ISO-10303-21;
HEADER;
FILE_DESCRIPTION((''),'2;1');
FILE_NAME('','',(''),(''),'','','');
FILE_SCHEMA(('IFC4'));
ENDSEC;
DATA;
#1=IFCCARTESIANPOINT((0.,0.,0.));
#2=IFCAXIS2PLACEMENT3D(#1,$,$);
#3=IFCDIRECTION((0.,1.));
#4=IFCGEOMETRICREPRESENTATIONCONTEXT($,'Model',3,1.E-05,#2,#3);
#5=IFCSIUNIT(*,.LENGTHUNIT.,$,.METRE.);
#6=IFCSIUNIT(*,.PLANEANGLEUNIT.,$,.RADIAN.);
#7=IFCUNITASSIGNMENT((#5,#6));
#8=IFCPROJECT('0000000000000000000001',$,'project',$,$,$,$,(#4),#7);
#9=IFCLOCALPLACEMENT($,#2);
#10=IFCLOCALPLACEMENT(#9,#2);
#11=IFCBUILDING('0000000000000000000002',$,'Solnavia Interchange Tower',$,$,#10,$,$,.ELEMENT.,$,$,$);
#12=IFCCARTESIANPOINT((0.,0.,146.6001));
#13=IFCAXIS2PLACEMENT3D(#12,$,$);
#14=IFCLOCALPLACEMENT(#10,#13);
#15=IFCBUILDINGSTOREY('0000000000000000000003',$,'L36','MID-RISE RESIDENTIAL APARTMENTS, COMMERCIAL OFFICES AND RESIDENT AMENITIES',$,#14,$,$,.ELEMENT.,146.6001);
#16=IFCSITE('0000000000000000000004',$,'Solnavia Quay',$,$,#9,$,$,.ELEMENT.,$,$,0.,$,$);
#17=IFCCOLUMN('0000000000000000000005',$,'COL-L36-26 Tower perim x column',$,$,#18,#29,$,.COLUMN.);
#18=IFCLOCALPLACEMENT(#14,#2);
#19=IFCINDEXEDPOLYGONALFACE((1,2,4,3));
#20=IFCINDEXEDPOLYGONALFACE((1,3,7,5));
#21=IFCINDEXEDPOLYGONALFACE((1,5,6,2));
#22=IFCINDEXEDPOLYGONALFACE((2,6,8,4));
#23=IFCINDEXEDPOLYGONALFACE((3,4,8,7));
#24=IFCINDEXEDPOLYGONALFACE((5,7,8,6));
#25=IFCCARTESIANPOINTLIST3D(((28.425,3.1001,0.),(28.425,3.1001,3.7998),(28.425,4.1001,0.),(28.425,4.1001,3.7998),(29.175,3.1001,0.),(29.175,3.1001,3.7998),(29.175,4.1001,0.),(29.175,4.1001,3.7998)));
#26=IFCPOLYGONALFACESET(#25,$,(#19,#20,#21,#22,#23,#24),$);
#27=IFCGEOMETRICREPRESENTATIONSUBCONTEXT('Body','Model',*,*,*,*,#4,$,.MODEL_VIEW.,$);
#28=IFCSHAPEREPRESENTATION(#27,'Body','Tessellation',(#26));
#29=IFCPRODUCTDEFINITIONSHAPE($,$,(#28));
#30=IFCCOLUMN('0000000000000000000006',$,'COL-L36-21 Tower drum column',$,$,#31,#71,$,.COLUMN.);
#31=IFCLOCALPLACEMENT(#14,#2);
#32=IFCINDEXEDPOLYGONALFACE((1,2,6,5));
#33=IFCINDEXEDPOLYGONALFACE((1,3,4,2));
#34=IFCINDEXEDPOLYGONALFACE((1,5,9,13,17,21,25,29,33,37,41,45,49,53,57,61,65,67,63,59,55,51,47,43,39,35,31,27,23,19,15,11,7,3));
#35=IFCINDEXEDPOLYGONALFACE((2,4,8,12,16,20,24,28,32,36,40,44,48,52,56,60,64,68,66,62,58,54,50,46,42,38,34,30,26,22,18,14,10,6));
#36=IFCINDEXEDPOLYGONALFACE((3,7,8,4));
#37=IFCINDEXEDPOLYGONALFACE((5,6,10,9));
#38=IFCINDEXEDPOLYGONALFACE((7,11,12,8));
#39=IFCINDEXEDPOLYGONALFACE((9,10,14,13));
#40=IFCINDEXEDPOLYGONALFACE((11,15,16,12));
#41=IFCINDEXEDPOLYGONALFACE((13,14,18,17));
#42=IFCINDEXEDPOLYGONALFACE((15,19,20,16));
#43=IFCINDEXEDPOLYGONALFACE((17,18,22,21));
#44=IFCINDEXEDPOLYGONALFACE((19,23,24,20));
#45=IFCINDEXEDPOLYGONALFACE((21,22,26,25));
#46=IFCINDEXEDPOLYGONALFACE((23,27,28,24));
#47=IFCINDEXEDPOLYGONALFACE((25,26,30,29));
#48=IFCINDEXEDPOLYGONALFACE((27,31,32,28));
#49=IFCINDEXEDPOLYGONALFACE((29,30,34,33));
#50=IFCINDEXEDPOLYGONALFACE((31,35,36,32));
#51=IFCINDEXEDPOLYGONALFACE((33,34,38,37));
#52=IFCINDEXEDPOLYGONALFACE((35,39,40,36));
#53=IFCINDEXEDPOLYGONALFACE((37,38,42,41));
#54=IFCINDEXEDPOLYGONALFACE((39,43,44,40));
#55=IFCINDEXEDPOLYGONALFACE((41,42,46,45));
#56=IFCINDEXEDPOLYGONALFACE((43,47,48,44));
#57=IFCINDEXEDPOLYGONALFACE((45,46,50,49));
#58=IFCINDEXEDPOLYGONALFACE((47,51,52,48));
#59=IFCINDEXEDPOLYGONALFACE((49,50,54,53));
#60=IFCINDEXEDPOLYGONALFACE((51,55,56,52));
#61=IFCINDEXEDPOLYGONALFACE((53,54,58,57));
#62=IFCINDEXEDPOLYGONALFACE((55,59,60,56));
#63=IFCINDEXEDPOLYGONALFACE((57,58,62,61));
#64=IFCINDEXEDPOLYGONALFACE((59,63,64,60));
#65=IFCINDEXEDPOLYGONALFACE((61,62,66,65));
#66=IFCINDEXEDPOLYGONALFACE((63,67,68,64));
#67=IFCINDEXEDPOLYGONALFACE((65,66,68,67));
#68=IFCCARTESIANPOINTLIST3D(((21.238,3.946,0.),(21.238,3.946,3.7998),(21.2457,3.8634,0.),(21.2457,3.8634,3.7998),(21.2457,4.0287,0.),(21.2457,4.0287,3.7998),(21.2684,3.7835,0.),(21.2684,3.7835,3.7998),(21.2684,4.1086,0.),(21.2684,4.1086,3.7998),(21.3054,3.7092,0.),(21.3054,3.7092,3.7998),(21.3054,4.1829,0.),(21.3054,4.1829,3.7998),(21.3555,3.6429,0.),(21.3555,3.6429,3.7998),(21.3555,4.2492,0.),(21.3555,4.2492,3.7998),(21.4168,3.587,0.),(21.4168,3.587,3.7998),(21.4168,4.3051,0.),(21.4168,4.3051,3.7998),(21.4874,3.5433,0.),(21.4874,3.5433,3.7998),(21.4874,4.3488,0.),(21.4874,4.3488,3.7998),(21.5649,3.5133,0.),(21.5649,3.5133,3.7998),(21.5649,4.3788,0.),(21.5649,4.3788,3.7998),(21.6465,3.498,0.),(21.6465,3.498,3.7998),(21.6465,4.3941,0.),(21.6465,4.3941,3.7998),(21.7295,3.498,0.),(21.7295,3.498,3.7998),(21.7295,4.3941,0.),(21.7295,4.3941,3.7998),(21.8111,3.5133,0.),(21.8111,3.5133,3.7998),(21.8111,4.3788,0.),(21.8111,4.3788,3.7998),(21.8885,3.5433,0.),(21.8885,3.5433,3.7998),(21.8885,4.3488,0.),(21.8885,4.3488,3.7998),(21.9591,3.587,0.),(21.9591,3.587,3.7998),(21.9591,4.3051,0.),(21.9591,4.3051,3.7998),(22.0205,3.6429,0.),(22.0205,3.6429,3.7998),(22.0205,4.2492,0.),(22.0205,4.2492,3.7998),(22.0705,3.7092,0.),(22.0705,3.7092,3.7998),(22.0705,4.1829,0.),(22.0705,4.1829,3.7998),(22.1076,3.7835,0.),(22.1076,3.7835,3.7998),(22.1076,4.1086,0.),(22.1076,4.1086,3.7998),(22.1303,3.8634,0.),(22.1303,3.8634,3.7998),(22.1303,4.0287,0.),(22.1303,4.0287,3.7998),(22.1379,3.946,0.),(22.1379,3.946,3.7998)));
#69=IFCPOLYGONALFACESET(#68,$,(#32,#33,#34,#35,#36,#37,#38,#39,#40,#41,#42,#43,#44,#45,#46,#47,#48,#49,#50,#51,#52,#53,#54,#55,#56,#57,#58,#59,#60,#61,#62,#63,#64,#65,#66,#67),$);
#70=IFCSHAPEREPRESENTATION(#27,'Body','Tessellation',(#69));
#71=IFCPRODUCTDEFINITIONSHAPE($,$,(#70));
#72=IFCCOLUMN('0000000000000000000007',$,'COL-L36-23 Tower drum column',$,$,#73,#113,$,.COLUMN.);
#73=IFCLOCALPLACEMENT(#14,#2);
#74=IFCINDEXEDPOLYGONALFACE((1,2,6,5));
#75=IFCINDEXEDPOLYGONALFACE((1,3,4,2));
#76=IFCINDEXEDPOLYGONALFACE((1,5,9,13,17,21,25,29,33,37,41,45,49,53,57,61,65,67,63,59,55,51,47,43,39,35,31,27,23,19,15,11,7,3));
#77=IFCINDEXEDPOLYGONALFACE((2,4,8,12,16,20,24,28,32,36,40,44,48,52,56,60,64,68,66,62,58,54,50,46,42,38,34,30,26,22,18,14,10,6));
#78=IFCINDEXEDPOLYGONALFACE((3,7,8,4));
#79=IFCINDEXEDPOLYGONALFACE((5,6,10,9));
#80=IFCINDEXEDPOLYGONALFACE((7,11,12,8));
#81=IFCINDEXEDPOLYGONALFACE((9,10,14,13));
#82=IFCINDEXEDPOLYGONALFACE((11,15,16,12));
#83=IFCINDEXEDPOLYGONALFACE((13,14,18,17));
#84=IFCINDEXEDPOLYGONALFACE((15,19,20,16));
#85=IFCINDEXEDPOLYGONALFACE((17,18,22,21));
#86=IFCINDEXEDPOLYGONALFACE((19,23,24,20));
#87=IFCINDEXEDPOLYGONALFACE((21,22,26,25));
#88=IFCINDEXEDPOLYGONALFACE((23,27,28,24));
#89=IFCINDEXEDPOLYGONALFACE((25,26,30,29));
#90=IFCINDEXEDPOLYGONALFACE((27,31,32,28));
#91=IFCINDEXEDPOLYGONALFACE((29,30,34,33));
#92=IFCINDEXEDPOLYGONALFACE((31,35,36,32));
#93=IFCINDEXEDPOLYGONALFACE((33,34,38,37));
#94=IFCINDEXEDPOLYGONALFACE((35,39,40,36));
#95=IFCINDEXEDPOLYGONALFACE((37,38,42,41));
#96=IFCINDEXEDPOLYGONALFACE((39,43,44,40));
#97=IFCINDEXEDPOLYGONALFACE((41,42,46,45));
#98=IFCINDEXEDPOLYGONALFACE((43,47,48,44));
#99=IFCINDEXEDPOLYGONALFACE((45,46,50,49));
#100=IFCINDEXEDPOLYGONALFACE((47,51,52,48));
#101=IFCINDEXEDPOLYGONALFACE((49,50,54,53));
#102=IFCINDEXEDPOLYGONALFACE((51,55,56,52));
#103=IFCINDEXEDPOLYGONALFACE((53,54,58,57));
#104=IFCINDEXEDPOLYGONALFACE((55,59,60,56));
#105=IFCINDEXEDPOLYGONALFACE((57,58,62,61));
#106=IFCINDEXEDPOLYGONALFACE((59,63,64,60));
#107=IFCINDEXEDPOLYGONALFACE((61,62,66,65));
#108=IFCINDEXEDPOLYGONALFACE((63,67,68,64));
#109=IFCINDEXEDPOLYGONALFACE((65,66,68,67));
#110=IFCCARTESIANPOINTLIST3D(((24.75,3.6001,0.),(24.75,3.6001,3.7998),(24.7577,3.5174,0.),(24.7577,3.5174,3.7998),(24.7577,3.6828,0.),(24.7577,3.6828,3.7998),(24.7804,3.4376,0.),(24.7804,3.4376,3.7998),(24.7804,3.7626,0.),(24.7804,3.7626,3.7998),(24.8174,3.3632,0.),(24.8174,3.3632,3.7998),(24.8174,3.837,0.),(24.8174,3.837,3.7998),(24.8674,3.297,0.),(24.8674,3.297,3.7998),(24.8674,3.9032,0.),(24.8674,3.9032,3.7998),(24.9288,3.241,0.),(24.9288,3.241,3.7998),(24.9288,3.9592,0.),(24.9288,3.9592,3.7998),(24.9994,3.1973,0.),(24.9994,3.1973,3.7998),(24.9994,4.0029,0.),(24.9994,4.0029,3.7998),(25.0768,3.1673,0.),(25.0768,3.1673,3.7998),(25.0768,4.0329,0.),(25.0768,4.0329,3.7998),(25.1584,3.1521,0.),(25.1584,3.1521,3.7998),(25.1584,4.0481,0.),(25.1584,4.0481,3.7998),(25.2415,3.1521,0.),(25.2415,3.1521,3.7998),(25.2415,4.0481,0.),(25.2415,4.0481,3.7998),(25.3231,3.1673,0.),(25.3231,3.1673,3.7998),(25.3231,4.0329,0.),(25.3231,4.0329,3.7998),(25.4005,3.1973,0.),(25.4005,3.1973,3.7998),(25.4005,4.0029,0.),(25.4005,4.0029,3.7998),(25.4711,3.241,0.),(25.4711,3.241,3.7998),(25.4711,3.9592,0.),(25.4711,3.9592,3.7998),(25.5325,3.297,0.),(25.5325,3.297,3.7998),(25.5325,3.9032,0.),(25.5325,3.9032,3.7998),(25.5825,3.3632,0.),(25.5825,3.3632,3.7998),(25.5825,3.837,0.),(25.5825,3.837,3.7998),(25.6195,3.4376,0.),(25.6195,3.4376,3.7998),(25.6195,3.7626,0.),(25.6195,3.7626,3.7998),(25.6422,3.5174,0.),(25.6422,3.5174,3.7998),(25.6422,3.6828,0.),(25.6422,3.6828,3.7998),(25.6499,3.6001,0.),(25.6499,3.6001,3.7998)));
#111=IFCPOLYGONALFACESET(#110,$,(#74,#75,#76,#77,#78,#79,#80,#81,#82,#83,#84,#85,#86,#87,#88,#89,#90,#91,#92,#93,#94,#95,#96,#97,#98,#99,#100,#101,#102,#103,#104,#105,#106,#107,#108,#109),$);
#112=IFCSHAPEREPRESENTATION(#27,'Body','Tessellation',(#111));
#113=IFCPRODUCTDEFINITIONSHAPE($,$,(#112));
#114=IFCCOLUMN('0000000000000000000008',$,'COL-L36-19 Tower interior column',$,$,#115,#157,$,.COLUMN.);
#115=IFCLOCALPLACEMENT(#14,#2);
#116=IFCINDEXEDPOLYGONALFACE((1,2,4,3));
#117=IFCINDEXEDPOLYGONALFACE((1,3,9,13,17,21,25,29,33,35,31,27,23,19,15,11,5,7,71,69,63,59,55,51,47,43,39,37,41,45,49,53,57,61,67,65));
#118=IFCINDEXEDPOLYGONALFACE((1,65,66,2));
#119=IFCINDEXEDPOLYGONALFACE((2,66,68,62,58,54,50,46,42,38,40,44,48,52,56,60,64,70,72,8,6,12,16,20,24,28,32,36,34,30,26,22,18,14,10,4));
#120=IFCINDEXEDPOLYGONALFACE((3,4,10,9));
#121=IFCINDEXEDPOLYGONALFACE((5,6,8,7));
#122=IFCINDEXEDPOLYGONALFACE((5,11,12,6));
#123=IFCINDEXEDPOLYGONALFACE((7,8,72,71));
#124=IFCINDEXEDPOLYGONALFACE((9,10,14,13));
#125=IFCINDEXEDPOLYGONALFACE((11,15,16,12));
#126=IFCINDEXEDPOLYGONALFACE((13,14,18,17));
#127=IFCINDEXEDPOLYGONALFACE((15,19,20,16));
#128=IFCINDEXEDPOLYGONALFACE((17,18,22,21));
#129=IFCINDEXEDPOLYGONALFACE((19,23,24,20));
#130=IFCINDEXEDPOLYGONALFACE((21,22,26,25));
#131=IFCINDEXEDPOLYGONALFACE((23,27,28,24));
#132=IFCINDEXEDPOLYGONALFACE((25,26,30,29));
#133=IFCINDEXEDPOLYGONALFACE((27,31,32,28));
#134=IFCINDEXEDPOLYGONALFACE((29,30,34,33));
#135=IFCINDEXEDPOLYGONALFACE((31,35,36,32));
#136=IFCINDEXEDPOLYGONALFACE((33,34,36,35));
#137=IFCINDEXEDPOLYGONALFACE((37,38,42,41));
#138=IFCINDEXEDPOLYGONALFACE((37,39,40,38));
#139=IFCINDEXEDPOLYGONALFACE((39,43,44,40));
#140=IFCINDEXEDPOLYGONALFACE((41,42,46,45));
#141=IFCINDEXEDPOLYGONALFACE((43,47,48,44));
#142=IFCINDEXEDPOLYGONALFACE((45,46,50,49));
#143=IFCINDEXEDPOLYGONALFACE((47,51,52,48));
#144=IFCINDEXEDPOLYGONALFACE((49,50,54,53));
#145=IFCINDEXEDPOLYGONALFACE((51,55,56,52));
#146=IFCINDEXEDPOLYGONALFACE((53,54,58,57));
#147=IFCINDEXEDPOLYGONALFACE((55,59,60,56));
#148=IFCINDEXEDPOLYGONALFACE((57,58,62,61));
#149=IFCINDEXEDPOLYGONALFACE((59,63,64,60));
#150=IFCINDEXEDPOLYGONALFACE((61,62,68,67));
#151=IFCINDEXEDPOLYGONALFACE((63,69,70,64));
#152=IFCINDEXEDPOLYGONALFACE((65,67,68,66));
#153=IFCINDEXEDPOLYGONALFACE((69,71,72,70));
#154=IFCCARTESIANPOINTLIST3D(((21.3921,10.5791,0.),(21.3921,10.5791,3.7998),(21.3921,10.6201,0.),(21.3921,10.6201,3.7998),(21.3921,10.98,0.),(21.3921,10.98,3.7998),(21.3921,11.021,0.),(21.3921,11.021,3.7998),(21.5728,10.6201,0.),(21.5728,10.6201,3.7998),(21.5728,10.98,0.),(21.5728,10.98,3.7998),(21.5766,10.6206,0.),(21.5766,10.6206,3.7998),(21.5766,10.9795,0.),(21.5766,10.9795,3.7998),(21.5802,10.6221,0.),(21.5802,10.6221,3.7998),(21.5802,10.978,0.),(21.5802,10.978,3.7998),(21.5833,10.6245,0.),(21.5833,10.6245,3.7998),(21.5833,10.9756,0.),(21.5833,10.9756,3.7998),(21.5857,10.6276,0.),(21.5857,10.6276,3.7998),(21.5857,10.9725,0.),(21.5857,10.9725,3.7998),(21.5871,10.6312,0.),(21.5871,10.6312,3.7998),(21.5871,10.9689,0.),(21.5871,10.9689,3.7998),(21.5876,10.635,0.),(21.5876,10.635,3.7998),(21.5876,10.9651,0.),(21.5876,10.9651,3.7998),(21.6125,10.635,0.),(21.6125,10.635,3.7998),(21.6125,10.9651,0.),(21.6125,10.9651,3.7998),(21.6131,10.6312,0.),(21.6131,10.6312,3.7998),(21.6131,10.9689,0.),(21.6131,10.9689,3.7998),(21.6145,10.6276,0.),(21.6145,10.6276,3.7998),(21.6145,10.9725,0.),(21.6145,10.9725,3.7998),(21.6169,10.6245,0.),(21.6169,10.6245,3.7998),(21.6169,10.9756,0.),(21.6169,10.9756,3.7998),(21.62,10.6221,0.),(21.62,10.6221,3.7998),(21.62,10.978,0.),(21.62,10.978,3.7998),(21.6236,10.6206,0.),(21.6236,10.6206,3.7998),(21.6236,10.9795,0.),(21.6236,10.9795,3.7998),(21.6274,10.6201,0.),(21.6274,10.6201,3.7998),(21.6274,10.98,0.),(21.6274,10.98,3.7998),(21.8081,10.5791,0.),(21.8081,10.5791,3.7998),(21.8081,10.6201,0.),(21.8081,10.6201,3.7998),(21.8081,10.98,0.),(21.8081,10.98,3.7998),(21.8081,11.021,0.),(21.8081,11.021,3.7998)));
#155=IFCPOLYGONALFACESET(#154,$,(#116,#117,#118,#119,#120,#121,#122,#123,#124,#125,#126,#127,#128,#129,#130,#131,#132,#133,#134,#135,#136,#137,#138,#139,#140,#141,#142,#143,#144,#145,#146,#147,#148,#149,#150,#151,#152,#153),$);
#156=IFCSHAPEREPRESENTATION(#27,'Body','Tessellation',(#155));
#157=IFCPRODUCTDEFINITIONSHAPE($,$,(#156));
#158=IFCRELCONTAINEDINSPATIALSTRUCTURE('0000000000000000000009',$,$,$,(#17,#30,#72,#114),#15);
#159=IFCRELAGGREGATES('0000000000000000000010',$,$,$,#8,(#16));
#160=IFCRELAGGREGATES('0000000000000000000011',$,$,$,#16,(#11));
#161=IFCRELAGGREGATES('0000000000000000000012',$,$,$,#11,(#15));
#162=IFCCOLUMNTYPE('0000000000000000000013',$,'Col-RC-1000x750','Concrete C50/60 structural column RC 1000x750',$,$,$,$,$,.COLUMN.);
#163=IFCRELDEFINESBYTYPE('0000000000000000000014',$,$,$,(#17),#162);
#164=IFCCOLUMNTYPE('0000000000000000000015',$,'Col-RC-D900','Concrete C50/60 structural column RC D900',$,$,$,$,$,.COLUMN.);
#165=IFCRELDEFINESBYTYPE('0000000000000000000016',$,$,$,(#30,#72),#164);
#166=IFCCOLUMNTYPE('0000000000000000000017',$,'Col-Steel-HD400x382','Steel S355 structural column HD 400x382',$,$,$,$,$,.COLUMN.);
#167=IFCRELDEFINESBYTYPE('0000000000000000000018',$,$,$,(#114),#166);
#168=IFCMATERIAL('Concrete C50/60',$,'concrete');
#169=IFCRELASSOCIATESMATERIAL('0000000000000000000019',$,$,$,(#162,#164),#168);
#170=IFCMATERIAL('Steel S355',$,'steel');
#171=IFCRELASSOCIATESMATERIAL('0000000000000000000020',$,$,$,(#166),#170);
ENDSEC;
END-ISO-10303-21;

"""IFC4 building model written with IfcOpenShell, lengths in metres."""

from ifc_helpers import new_model, si_unit, direction, frame, origin, origin_2d, place, context, subcontext, project, spatial, rectangle, circle, i_section, extrude, material, material_profile, profile_set, type_object, element, save


model = new_model("IFC4")

# Units and contexts
model_context = context("Model", 3, precision=1e-05, world=origin(), true_north=direction((0.0, 1.0)))
body_context = subcontext(model_context, "Body", "Model", "MODEL_VIEW")
ifc_project = project(units=[si_unit("LENGTHUNIT", "METRE"), si_unit("PLANEANGLEUNIT", "RADIAN")], contexts=[model_context])

# Site, building, storey
site_placement = place(None, origin())
site = spatial("IfcSite", under=ifc_project, at=site_placement, Name="Solnavia Quay", CompositionType="ELEMENT", RefElevation=0.0)
building_placement = place(site_placement, origin())
building = spatial("IfcBuilding", under=site, at=building_placement, Name="Solnavia Interchange Tower", CompositionType="ELEMENT")
storey_placement = place(building_placement, frame((0.0, 0.0, 146.6001)))
storey = spatial("IfcBuildingStorey", under=building, at=storey_placement, Name="L36", Description="MID-RISE RESIDENTIAL APARTMENTS, COMMERCIAL OFFICES AND RESIDENT AMENITIES", CompositionType="ELEMENT", Elevation=146.6001)

# Columns
ifc_material_1 = material(Name="Concrete C50/60", Category="concrete")
ifc_material_profile_1 = material_profile(ifc_material_1, rectangle(XDim=0.75, YDim=1.0, at=origin_2d()), Name="RC 1000x750")
ifc_profile_set_1 = profile_set([ifc_material_profile_1], Name="Concrete C50/60")
column_type_1 = type_object("IfcColumnType", Name="Col-RC-1000x750", Description="Concrete C50/60 structural column RC 1000x750", PredefinedType="COLUMN", material=ifc_profile_set_1)
column_1_placement = place(storey_placement, frame((28.8, 3.6001, 0.0), z_axis=(0.0, 0.0, 1.0), x_axis=(1.0, 0.0, 0.0)))
element("IfcColumn", 1, at=column_1_placement, inside=storey, type_object=column_type_1, Name="COL-L36-26 Tower perim x column", PredefinedType="COLUMN", context=body_context, shape_type="SweptSolid", body=[
    extrude(rectangle(XDim=0.75, YDim=1.0, at=origin_2d()), origin(), (0.0, 0.0, 1.0), 3.7998),
])
ifc_material_profile_2 = material_profile(ifc_material_1, circle(Radius=0.45, at=origin_2d()), Name="RC D900")
ifc_profile_set_2 = profile_set([ifc_material_profile_2], Name="Concrete C50/60")
column_type_2 = type_object("IfcColumnType", Name="Col-RC-D900", Description="Concrete C50/60 structural column RC D900", PredefinedType="COLUMN", material=ifc_profile_set_2)
for number, where, z_axis, x_axis, name in (
    (2, (21.688, 3.946, 0.0), (0.0, 0.0, 1.0), (1.0, 0.0, 0.0), "COL-L36-21 Tower drum column"),
    (3, (25.2, 3.6001, 0.0), (0.0, 0.0, 1.0), (1.0, 0.0, 0.0), "COL-L36-23 Tower drum column"),
):
    element("IfcColumn", number, at=place(storey_placement, frame(where, z_axis=z_axis, x_axis=x_axis)), inside=storey, type_object=column_type_2, Name=name, PredefinedType="COLUMN", context=body_context, shape_type="SweptSolid", body=[
        extrude(circle(Radius=0.45, at=origin_2d()), origin(), (0.0, 0.0, 1.0), 3.7998),
    ])
ifc_material_2 = material(Name="Steel S355", Category="steel")
ifc_material_profile_3 = material_profile(ifc_material_2, i_section(OverallWidth=0.416, OverallDepth=0.4419, WebThickness=0.0249, FlangeThickness=0.041, FilletRadius=0.0149, at=origin_2d()), Name="HD 400x382")
ifc_profile_set_3 = profile_set([ifc_material_profile_3], Name="Steel S355")
column_type_3 = type_object("IfcColumnType", Name="Col-Steel-HD400x382", Description="Steel S355 structural column HD 400x382", PredefinedType="COLUMN", material=ifc_profile_set_3)
column_2_placement = place(storey_placement, frame((21.6001, 10.8, 0.0), z_axis=(0.0, 0.0, 1.0), x_axis=(1.0, 0.0, 0.0)))
element("IfcColumn", 4, at=column_2_placement, inside=storey, type_object=column_type_3, Name="COL-L36-19 Tower interior column", PredefinedType="COLUMN", context=body_context, shape_type="SweptSolid", body=[
    extrude(i_section(OverallWidth=0.416, OverallDepth=0.4419, WebThickness=0.0249, FlangeThickness=0.041, FilletRadius=0.0149, at=origin_2d()), origin(), (0.0, 0.0, 1.0), 3.7998),
])

save(model, "model.ifc")
